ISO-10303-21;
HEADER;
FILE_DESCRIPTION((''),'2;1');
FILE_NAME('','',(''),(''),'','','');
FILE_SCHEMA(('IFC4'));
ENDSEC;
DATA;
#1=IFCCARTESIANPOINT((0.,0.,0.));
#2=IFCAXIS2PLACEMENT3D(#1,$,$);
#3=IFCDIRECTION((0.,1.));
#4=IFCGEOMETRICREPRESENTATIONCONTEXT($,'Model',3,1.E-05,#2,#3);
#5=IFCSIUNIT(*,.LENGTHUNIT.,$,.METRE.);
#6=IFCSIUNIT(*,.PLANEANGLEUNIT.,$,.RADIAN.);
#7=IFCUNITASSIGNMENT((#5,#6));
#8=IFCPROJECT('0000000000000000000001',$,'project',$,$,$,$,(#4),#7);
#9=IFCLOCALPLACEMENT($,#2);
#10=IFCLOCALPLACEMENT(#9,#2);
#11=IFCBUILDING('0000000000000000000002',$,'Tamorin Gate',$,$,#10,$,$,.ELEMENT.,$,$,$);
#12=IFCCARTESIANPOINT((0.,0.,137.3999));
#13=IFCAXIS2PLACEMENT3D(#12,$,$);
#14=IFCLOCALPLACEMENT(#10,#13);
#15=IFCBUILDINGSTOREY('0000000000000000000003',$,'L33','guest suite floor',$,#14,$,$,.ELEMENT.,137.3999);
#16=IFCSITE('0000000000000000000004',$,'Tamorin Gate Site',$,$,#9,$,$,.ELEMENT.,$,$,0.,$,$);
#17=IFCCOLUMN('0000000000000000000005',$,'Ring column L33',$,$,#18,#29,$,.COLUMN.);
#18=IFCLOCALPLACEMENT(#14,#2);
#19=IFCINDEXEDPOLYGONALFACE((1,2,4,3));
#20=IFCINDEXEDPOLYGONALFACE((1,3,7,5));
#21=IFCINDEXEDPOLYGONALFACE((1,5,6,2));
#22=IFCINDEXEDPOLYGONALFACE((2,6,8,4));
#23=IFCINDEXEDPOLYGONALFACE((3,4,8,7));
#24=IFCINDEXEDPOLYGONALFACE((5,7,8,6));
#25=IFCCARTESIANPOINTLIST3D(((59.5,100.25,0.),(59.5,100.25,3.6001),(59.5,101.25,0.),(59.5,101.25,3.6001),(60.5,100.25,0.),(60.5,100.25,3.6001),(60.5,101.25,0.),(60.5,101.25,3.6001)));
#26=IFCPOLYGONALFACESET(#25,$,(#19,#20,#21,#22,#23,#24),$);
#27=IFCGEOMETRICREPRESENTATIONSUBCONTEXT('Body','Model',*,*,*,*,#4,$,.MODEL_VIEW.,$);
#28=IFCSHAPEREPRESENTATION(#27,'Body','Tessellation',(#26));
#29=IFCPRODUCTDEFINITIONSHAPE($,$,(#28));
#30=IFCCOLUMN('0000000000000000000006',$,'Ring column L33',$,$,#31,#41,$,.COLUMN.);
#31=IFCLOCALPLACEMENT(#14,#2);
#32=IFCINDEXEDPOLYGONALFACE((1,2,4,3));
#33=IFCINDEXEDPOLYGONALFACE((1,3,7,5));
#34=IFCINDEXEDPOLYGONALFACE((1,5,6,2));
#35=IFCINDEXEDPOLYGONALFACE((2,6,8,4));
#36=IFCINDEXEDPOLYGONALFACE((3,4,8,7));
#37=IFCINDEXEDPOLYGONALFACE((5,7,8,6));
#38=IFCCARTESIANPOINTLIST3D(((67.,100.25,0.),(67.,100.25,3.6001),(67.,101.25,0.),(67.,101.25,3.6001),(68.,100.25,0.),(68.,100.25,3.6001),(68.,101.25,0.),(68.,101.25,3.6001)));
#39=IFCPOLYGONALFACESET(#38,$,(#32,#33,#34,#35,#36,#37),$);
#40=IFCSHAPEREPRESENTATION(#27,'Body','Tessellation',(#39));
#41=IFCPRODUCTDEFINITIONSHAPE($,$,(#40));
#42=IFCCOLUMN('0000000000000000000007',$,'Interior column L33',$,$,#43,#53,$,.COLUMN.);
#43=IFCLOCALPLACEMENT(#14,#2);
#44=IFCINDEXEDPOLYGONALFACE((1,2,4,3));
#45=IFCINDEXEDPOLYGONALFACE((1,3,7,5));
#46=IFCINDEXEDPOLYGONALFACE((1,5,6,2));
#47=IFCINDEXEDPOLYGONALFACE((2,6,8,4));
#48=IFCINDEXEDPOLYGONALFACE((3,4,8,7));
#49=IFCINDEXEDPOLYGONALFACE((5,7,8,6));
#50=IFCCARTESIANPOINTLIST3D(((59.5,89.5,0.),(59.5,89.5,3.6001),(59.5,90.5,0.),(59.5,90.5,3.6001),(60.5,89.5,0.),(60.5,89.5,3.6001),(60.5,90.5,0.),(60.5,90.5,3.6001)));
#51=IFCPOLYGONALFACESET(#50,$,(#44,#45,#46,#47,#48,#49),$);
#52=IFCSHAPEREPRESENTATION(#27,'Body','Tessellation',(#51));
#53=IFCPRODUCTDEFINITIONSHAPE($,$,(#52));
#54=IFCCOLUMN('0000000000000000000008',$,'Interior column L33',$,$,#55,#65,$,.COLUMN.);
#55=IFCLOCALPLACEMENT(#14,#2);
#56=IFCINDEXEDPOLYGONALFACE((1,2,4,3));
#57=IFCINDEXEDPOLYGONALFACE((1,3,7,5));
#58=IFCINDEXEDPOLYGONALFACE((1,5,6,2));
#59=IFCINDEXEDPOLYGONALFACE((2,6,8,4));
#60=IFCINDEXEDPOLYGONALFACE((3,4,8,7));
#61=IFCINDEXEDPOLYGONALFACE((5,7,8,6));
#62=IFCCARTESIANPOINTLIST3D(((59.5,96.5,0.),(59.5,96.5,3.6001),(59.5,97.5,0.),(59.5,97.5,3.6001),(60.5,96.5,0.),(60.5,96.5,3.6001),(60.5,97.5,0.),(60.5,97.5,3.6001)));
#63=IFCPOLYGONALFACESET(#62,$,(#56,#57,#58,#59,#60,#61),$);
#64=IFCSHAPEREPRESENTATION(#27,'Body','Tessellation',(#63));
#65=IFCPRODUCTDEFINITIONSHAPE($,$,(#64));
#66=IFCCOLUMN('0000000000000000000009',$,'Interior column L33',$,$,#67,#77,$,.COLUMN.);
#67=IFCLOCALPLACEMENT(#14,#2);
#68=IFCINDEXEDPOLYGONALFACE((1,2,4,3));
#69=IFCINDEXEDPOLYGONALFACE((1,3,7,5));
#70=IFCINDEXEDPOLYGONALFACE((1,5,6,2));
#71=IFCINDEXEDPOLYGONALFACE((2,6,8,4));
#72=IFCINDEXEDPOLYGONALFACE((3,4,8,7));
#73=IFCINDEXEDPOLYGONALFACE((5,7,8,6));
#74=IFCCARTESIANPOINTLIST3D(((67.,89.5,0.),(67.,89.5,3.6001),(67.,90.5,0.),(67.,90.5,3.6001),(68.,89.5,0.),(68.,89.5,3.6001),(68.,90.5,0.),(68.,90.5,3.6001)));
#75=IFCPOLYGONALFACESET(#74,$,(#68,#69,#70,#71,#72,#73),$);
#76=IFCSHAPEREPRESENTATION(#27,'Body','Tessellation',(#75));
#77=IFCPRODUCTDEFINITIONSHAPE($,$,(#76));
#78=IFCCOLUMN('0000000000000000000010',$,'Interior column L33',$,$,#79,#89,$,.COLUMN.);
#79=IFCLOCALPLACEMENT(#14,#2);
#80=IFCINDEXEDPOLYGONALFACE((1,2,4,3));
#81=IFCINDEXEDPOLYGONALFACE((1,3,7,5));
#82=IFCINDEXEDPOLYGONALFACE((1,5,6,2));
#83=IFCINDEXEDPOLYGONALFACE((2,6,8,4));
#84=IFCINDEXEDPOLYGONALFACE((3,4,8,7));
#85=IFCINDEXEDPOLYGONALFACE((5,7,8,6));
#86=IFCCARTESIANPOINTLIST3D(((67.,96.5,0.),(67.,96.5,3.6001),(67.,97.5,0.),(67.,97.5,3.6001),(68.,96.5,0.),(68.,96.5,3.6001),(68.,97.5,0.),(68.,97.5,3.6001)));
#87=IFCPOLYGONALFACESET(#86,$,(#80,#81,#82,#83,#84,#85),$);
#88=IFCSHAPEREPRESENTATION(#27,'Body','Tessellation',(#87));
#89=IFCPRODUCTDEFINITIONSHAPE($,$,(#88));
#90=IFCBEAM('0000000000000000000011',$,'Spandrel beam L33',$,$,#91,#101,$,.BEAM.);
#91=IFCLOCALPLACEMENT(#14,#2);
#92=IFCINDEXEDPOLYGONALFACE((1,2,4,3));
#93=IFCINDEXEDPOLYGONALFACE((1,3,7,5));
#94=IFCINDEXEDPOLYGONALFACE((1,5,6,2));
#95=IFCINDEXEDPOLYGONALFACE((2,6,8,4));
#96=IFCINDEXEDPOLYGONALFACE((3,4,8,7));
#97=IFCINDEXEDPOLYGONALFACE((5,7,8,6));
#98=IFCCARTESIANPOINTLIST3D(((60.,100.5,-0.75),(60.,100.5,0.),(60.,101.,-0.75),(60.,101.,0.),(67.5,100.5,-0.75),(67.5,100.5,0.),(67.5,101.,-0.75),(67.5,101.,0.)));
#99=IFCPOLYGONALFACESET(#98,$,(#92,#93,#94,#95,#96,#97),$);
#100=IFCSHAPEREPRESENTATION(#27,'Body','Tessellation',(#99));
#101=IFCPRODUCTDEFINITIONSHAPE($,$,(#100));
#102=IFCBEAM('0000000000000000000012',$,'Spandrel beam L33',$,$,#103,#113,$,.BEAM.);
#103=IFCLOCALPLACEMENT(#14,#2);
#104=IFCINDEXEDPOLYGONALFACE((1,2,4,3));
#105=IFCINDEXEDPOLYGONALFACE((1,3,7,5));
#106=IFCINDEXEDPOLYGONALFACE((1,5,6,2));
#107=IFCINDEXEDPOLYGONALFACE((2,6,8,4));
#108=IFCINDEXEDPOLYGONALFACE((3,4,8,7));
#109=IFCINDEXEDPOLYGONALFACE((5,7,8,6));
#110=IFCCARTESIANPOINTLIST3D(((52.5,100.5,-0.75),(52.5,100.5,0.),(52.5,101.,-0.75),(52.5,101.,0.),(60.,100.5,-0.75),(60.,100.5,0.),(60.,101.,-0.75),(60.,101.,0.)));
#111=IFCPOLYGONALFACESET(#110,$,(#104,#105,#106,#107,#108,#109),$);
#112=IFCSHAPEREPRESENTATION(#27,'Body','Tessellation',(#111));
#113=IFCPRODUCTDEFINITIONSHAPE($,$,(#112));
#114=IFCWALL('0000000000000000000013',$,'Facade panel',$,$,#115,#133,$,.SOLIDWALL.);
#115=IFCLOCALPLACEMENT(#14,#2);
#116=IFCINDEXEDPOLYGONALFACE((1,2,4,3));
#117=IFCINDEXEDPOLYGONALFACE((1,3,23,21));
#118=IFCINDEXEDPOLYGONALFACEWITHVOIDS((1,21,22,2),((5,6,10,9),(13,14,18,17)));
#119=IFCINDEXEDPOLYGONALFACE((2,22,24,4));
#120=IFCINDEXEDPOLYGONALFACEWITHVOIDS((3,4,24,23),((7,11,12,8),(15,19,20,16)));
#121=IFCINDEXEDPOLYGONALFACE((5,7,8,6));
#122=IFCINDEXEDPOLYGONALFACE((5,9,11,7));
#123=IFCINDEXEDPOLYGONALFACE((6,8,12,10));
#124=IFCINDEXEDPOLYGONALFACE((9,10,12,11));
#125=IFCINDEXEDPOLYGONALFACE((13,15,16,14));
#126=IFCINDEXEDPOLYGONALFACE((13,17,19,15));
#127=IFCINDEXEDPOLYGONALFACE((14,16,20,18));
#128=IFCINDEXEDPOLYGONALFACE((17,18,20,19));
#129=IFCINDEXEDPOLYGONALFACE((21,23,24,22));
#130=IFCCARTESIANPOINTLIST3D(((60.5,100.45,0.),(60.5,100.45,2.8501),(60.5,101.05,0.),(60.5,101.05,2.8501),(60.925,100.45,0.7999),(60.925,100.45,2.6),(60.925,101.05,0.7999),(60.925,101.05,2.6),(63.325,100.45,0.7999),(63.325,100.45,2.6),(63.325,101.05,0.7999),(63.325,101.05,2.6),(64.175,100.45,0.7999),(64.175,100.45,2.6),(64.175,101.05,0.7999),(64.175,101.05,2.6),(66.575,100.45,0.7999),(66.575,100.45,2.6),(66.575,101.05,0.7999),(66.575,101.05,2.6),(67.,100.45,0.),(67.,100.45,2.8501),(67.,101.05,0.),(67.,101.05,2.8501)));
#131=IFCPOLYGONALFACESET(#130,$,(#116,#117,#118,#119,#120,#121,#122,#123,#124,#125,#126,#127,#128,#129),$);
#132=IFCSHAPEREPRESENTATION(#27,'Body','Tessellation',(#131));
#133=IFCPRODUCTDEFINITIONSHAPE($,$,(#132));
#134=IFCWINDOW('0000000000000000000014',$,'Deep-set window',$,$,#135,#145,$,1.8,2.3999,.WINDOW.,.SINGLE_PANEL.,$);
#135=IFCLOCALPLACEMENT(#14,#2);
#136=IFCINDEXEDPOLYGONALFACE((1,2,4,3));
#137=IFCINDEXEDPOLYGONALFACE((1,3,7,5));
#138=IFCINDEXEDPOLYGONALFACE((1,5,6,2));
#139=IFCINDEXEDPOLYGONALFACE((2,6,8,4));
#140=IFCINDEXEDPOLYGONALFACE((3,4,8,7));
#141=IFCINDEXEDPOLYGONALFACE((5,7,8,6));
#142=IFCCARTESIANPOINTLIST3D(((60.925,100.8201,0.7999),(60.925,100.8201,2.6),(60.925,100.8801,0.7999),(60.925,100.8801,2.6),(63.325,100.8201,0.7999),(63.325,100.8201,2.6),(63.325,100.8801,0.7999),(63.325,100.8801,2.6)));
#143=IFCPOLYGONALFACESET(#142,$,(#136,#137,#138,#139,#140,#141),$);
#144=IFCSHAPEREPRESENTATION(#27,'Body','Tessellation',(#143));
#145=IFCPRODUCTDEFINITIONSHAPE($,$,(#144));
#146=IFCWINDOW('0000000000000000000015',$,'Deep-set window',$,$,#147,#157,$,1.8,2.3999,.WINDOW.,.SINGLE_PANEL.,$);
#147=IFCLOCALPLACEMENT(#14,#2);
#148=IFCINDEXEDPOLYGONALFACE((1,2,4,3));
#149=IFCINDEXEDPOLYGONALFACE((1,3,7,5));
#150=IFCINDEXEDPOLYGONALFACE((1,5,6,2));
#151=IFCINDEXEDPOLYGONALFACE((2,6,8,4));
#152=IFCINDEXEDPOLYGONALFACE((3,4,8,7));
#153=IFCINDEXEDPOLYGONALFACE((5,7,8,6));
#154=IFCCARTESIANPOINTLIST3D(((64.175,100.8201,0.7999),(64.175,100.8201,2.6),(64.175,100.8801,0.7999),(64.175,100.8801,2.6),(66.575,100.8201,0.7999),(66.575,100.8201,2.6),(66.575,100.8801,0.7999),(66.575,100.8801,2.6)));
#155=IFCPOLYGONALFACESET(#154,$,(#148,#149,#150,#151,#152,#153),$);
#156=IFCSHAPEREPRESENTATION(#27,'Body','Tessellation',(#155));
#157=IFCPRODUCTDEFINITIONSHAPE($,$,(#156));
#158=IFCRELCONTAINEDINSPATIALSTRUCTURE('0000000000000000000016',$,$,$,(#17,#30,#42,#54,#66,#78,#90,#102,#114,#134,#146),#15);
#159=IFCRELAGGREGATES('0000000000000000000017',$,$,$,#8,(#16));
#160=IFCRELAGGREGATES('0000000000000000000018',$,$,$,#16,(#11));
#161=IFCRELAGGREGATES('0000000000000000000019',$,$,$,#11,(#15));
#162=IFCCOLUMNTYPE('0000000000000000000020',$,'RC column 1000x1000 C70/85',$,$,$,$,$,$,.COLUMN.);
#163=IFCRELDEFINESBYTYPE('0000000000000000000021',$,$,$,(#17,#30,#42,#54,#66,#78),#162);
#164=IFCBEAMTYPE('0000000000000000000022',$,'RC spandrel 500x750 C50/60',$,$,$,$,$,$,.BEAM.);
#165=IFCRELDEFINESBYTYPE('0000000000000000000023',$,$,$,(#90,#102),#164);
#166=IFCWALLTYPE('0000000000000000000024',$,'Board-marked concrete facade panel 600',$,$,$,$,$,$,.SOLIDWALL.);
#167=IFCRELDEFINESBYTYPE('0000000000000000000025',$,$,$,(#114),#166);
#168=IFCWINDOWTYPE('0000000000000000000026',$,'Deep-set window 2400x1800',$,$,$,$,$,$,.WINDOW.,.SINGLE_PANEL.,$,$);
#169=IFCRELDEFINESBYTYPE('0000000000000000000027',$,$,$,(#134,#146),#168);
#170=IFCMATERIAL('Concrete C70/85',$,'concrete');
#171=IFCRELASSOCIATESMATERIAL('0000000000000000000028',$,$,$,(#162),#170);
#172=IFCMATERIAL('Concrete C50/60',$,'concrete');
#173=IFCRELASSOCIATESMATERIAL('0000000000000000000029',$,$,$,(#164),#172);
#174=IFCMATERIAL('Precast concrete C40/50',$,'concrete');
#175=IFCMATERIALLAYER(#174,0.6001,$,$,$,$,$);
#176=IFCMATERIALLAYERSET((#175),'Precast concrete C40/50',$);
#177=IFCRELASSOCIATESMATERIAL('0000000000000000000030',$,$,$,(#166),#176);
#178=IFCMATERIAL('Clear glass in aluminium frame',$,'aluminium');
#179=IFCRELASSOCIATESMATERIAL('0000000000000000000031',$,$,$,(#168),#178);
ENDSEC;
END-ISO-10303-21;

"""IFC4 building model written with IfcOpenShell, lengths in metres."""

from ifc_helpers import new_model, si_unit, direction, frame, frame_2d, origin, origin_2d, place, context, subcontext, project, spatial, rectangle, extrude, material, layer, layer_set, material_profile, profile_set, type_object, element, fill, save


model = new_model("IFC4")

# Units and contexts
model_context = context("Model", 3, precision=1e-05, world=origin(), true_north=direction((0.0, 1.0)))
body_context = subcontext(model_context, "Body", "Model", "MODEL_VIEW")
ifc_project = project(units=[si_unit("LENGTHUNIT", "METRE"), si_unit("PLANEANGLEUNIT", "RADIAN")], contexts=[model_context])

# Site, building, storey
site_placement = place(None, origin())
site = spatial("IfcSite", under=ifc_project, at=site_placement, Name="Tamorin Gate Site", CompositionType="ELEMENT", RefElevation=0.0)
building_placement = place(site_placement, origin())
building = spatial("IfcBuilding", under=site, at=building_placement, Name="Tamorin Gate", CompositionType="ELEMENT")
storey_placement = place(building_placement, frame((0.0, 0.0, 137.3999)))
storey = spatial("IfcBuildingStorey", under=building, at=storey_placement, Name="L33", Description="guest suite floor", CompositionType="ELEMENT", Elevation=137.3999)

# Columns
ifc_material_1 = material(Name="Concrete C70/85", Category="concrete")
ifc_material_profile_1 = material_profile(ifc_material_1, rectangle(XDim=1.0, YDim=1.0, at=origin_2d()), Name="RC 1000x1000")
ifc_profile_set_1 = profile_set([ifc_material_profile_1], Name="Concrete C70/85")
column_type = type_object("IfcColumnType", Name="RC column 1000x1000 C70/85", PredefinedType="COLUMN", material=ifc_profile_set_1)
for number, where, z_axis, x_axis, name in (
    (1, (60.0, 100.75, 0.0), (0.0, 0.0, 1.0), (1.0, 0.0, 0.0), "Ring column L33"),
    (2, (67.5, 100.75, 0.0), (0.0, 0.0, 1.0), (1.0, 0.0, 0.0), "Ring column L33"),
    (3, (60.0, 90.0, 0.0), (0.0, 0.0, 1.0), (1.0, 0.0, 0.0), "Interior column L33"),
    (4, (60.0, 97.0, 0.0), (0.0, 0.0, 1.0), (1.0, 0.0, 0.0), "Interior column L33"),
    (5, (67.5, 90.0, 0.0), (0.0, 0.0, 1.0), (1.0, 0.0, 0.0), "Interior column L33"),
    (6, (67.5, 97.0, 0.0), (0.0, 0.0, 1.0), (1.0, 0.0, 0.0), "Interior column L33"),
):
    element("IfcColumn", number, at=place(storey_placement, frame(where, z_axis=z_axis, x_axis=x_axis)), inside=storey, type_object=column_type, Name=name, PredefinedType="COLUMN", context=body_context, shape_type="SweptSolid", body=[
        extrude(rectangle(XDim=1.0, YDim=1.0, at=origin_2d()), origin(), (0.0, 0.0, 1.0), 3.6001),
    ])

# Beams
ifc_material_2 = material(Name="Concrete C50/60", Category="concrete")
ifc_material_profile_2 = material_profile(ifc_material_2, rectangle(XDim=0.5, YDim=0.75, at=origin_2d()), Name="RC 500x750")
ifc_profile_set_2 = profile_set([ifc_material_profile_2], Name="Concrete C50/60")
beam_type = type_object("IfcBeamType", Name="RC spandrel 500x750 C50/60", PredefinedType="BEAM", material=ifc_profile_set_2)
for number, where, z_axis, x_axis, name in (
    (7, (67.5, 100.75, -0.375), (-1.0, 0.0, 0.0), (0.0, -1.0, 0.0), "Spandrel beam L33"),
    (8, (60.0, 100.75, -0.375), (-1.0, 0.0, 0.0), (0.0, -1.0, 0.0), "Spandrel beam L33"),
):
    element("IfcBeam", number, at=place(storey_placement, frame(where, z_axis=z_axis, x_axis=x_axis)), inside=storey, type_object=beam_type, Name=name, PredefinedType="BEAM", context=body_context, shape_type="SweptSolid", body=[
        extrude(rectangle(XDim=0.5, YDim=0.75, at=origin_2d()), origin(), (0.0, 0.0, 1.0), 7.5),
    ])

# Wall, openings, windows
ifc_material_3 = material(Name="Precast concrete C40/50", Category="concrete")
ifc_layer_1 = layer(ifc_material_3, 0.6001)
ifc_layer_set_1 = layer_set([ifc_layer_1], Name="Precast concrete C40/50")
wall_type_1 = type_object("IfcWallType", Name="Board-marked concrete facade panel 600", PredefinedType="SOLIDWALL", material=ifc_layer_set_1)
wall_1_placement = place(storey_placement, frame((67.0, 100.75, 0.0), z_axis=(0.0, 0.0, 1.0), x_axis=(-1.0, 0.0, 0.0)))
wall_1 = element("IfcWall", 9, at=wall_1_placement, inside=storey, type_object=wall_type_1, Name="Facade panel", PredefinedType="SOLIDWALL", context=body_context, shape_type="SweptSolid", body=[
    extrude(rectangle(XDim=6.5, YDim=0.6001, at=frame_2d((3.25, 0.0))), origin(), (0.0, 0.0, 1.0), 2.8501),
])
opening_1_placement = place(wall_1_placement, frame((3.675, 0.0, 0.8)))
opening_1 = element("IfcOpeningElement", 10, at=opening_1_placement, cuts=wall_1, PredefinedType="OPENING", context=body_context, shape_type="SweptSolid", body=[
    extrude(rectangle(XDim=2.3999, YDim=1.8, at=frame_2d((1.2, 0.8999))), frame((0.0, 0.3101, 0.0), z_axis=(0.0, -1.0, 0.0), x_axis=(1.0, 0.0, 0.0)), (0.0, 0.0, 1.0), 0.6201),
])
opening_2_placement = place(wall_1_placement, frame((0.425, 0.0, 0.8)))
opening_2 = element("IfcOpeningElement", 11, at=opening_2_placement, cuts=wall_1, PredefinedType="OPENING", context=body_context, shape_type="SweptSolid", body=[
    extrude(rectangle(XDim=2.3999, YDim=1.8, at=frame_2d((1.2, 0.8999))), frame((0.0, 0.3101, 0.0), z_axis=(0.0, -1.0, 0.0), x_axis=(1.0, 0.0, 0.0)), (0.0, 0.0, 1.0), 0.6201),
])
ifc_material_4 = material(Name="Clear glass in aluminium frame", Category="aluminium")
window_type = type_object("IfcWindowType", Name="Deep-set window 2400x1800", PartitioningType="SINGLE_PANEL", PredefinedType="WINDOW", material=ifc_material_4)
window_1_placement = place(opening_1_placement, origin())
window_1 = element("IfcWindow", 12, at=window_1_placement, inside=storey, type_object=window_type, Name="Deep-set window", OverallHeight=1.8, OverallWidth=2.3999, PartitioningType="SINGLE_PANEL", PredefinedType="WINDOW", context=body_context, shape_type="SweptSolid", body=[
    extrude(rectangle(XDim=2.3999, YDim=1.8, at=frame_2d((1.2, 0.8999))), frame((0.0, -0.0701, 0.0), z_axis=(0.0, -1.0, 0.0), x_axis=(1.0, 0.0, 0.0)), (0.0, 0.0, 1.0), 0.0601),
])
fill(opening_1, window_1)
window_2_placement = place(opening_2_placement, origin())
window_2 = element("IfcWindow", 13, at=window_2_placement, inside=storey, type_object=window_type, Name="Deep-set window", OverallHeight=1.8, OverallWidth=2.3999, PartitioningType="SINGLE_PANEL", PredefinedType="WINDOW", context=body_context, shape_type="SweptSolid", body=[
    extrude(rectangle(XDim=2.3999, YDim=1.8, at=frame_2d((1.2, 0.8999))), frame((0.0, -0.0701, 0.0), z_axis=(0.0, -1.0, 0.0), x_axis=(1.0, 0.0, 0.0)), (0.0, 0.0, 1.0), 0.0601),
])
fill(opening_2, window_2)

save(model, "model.ifc")
